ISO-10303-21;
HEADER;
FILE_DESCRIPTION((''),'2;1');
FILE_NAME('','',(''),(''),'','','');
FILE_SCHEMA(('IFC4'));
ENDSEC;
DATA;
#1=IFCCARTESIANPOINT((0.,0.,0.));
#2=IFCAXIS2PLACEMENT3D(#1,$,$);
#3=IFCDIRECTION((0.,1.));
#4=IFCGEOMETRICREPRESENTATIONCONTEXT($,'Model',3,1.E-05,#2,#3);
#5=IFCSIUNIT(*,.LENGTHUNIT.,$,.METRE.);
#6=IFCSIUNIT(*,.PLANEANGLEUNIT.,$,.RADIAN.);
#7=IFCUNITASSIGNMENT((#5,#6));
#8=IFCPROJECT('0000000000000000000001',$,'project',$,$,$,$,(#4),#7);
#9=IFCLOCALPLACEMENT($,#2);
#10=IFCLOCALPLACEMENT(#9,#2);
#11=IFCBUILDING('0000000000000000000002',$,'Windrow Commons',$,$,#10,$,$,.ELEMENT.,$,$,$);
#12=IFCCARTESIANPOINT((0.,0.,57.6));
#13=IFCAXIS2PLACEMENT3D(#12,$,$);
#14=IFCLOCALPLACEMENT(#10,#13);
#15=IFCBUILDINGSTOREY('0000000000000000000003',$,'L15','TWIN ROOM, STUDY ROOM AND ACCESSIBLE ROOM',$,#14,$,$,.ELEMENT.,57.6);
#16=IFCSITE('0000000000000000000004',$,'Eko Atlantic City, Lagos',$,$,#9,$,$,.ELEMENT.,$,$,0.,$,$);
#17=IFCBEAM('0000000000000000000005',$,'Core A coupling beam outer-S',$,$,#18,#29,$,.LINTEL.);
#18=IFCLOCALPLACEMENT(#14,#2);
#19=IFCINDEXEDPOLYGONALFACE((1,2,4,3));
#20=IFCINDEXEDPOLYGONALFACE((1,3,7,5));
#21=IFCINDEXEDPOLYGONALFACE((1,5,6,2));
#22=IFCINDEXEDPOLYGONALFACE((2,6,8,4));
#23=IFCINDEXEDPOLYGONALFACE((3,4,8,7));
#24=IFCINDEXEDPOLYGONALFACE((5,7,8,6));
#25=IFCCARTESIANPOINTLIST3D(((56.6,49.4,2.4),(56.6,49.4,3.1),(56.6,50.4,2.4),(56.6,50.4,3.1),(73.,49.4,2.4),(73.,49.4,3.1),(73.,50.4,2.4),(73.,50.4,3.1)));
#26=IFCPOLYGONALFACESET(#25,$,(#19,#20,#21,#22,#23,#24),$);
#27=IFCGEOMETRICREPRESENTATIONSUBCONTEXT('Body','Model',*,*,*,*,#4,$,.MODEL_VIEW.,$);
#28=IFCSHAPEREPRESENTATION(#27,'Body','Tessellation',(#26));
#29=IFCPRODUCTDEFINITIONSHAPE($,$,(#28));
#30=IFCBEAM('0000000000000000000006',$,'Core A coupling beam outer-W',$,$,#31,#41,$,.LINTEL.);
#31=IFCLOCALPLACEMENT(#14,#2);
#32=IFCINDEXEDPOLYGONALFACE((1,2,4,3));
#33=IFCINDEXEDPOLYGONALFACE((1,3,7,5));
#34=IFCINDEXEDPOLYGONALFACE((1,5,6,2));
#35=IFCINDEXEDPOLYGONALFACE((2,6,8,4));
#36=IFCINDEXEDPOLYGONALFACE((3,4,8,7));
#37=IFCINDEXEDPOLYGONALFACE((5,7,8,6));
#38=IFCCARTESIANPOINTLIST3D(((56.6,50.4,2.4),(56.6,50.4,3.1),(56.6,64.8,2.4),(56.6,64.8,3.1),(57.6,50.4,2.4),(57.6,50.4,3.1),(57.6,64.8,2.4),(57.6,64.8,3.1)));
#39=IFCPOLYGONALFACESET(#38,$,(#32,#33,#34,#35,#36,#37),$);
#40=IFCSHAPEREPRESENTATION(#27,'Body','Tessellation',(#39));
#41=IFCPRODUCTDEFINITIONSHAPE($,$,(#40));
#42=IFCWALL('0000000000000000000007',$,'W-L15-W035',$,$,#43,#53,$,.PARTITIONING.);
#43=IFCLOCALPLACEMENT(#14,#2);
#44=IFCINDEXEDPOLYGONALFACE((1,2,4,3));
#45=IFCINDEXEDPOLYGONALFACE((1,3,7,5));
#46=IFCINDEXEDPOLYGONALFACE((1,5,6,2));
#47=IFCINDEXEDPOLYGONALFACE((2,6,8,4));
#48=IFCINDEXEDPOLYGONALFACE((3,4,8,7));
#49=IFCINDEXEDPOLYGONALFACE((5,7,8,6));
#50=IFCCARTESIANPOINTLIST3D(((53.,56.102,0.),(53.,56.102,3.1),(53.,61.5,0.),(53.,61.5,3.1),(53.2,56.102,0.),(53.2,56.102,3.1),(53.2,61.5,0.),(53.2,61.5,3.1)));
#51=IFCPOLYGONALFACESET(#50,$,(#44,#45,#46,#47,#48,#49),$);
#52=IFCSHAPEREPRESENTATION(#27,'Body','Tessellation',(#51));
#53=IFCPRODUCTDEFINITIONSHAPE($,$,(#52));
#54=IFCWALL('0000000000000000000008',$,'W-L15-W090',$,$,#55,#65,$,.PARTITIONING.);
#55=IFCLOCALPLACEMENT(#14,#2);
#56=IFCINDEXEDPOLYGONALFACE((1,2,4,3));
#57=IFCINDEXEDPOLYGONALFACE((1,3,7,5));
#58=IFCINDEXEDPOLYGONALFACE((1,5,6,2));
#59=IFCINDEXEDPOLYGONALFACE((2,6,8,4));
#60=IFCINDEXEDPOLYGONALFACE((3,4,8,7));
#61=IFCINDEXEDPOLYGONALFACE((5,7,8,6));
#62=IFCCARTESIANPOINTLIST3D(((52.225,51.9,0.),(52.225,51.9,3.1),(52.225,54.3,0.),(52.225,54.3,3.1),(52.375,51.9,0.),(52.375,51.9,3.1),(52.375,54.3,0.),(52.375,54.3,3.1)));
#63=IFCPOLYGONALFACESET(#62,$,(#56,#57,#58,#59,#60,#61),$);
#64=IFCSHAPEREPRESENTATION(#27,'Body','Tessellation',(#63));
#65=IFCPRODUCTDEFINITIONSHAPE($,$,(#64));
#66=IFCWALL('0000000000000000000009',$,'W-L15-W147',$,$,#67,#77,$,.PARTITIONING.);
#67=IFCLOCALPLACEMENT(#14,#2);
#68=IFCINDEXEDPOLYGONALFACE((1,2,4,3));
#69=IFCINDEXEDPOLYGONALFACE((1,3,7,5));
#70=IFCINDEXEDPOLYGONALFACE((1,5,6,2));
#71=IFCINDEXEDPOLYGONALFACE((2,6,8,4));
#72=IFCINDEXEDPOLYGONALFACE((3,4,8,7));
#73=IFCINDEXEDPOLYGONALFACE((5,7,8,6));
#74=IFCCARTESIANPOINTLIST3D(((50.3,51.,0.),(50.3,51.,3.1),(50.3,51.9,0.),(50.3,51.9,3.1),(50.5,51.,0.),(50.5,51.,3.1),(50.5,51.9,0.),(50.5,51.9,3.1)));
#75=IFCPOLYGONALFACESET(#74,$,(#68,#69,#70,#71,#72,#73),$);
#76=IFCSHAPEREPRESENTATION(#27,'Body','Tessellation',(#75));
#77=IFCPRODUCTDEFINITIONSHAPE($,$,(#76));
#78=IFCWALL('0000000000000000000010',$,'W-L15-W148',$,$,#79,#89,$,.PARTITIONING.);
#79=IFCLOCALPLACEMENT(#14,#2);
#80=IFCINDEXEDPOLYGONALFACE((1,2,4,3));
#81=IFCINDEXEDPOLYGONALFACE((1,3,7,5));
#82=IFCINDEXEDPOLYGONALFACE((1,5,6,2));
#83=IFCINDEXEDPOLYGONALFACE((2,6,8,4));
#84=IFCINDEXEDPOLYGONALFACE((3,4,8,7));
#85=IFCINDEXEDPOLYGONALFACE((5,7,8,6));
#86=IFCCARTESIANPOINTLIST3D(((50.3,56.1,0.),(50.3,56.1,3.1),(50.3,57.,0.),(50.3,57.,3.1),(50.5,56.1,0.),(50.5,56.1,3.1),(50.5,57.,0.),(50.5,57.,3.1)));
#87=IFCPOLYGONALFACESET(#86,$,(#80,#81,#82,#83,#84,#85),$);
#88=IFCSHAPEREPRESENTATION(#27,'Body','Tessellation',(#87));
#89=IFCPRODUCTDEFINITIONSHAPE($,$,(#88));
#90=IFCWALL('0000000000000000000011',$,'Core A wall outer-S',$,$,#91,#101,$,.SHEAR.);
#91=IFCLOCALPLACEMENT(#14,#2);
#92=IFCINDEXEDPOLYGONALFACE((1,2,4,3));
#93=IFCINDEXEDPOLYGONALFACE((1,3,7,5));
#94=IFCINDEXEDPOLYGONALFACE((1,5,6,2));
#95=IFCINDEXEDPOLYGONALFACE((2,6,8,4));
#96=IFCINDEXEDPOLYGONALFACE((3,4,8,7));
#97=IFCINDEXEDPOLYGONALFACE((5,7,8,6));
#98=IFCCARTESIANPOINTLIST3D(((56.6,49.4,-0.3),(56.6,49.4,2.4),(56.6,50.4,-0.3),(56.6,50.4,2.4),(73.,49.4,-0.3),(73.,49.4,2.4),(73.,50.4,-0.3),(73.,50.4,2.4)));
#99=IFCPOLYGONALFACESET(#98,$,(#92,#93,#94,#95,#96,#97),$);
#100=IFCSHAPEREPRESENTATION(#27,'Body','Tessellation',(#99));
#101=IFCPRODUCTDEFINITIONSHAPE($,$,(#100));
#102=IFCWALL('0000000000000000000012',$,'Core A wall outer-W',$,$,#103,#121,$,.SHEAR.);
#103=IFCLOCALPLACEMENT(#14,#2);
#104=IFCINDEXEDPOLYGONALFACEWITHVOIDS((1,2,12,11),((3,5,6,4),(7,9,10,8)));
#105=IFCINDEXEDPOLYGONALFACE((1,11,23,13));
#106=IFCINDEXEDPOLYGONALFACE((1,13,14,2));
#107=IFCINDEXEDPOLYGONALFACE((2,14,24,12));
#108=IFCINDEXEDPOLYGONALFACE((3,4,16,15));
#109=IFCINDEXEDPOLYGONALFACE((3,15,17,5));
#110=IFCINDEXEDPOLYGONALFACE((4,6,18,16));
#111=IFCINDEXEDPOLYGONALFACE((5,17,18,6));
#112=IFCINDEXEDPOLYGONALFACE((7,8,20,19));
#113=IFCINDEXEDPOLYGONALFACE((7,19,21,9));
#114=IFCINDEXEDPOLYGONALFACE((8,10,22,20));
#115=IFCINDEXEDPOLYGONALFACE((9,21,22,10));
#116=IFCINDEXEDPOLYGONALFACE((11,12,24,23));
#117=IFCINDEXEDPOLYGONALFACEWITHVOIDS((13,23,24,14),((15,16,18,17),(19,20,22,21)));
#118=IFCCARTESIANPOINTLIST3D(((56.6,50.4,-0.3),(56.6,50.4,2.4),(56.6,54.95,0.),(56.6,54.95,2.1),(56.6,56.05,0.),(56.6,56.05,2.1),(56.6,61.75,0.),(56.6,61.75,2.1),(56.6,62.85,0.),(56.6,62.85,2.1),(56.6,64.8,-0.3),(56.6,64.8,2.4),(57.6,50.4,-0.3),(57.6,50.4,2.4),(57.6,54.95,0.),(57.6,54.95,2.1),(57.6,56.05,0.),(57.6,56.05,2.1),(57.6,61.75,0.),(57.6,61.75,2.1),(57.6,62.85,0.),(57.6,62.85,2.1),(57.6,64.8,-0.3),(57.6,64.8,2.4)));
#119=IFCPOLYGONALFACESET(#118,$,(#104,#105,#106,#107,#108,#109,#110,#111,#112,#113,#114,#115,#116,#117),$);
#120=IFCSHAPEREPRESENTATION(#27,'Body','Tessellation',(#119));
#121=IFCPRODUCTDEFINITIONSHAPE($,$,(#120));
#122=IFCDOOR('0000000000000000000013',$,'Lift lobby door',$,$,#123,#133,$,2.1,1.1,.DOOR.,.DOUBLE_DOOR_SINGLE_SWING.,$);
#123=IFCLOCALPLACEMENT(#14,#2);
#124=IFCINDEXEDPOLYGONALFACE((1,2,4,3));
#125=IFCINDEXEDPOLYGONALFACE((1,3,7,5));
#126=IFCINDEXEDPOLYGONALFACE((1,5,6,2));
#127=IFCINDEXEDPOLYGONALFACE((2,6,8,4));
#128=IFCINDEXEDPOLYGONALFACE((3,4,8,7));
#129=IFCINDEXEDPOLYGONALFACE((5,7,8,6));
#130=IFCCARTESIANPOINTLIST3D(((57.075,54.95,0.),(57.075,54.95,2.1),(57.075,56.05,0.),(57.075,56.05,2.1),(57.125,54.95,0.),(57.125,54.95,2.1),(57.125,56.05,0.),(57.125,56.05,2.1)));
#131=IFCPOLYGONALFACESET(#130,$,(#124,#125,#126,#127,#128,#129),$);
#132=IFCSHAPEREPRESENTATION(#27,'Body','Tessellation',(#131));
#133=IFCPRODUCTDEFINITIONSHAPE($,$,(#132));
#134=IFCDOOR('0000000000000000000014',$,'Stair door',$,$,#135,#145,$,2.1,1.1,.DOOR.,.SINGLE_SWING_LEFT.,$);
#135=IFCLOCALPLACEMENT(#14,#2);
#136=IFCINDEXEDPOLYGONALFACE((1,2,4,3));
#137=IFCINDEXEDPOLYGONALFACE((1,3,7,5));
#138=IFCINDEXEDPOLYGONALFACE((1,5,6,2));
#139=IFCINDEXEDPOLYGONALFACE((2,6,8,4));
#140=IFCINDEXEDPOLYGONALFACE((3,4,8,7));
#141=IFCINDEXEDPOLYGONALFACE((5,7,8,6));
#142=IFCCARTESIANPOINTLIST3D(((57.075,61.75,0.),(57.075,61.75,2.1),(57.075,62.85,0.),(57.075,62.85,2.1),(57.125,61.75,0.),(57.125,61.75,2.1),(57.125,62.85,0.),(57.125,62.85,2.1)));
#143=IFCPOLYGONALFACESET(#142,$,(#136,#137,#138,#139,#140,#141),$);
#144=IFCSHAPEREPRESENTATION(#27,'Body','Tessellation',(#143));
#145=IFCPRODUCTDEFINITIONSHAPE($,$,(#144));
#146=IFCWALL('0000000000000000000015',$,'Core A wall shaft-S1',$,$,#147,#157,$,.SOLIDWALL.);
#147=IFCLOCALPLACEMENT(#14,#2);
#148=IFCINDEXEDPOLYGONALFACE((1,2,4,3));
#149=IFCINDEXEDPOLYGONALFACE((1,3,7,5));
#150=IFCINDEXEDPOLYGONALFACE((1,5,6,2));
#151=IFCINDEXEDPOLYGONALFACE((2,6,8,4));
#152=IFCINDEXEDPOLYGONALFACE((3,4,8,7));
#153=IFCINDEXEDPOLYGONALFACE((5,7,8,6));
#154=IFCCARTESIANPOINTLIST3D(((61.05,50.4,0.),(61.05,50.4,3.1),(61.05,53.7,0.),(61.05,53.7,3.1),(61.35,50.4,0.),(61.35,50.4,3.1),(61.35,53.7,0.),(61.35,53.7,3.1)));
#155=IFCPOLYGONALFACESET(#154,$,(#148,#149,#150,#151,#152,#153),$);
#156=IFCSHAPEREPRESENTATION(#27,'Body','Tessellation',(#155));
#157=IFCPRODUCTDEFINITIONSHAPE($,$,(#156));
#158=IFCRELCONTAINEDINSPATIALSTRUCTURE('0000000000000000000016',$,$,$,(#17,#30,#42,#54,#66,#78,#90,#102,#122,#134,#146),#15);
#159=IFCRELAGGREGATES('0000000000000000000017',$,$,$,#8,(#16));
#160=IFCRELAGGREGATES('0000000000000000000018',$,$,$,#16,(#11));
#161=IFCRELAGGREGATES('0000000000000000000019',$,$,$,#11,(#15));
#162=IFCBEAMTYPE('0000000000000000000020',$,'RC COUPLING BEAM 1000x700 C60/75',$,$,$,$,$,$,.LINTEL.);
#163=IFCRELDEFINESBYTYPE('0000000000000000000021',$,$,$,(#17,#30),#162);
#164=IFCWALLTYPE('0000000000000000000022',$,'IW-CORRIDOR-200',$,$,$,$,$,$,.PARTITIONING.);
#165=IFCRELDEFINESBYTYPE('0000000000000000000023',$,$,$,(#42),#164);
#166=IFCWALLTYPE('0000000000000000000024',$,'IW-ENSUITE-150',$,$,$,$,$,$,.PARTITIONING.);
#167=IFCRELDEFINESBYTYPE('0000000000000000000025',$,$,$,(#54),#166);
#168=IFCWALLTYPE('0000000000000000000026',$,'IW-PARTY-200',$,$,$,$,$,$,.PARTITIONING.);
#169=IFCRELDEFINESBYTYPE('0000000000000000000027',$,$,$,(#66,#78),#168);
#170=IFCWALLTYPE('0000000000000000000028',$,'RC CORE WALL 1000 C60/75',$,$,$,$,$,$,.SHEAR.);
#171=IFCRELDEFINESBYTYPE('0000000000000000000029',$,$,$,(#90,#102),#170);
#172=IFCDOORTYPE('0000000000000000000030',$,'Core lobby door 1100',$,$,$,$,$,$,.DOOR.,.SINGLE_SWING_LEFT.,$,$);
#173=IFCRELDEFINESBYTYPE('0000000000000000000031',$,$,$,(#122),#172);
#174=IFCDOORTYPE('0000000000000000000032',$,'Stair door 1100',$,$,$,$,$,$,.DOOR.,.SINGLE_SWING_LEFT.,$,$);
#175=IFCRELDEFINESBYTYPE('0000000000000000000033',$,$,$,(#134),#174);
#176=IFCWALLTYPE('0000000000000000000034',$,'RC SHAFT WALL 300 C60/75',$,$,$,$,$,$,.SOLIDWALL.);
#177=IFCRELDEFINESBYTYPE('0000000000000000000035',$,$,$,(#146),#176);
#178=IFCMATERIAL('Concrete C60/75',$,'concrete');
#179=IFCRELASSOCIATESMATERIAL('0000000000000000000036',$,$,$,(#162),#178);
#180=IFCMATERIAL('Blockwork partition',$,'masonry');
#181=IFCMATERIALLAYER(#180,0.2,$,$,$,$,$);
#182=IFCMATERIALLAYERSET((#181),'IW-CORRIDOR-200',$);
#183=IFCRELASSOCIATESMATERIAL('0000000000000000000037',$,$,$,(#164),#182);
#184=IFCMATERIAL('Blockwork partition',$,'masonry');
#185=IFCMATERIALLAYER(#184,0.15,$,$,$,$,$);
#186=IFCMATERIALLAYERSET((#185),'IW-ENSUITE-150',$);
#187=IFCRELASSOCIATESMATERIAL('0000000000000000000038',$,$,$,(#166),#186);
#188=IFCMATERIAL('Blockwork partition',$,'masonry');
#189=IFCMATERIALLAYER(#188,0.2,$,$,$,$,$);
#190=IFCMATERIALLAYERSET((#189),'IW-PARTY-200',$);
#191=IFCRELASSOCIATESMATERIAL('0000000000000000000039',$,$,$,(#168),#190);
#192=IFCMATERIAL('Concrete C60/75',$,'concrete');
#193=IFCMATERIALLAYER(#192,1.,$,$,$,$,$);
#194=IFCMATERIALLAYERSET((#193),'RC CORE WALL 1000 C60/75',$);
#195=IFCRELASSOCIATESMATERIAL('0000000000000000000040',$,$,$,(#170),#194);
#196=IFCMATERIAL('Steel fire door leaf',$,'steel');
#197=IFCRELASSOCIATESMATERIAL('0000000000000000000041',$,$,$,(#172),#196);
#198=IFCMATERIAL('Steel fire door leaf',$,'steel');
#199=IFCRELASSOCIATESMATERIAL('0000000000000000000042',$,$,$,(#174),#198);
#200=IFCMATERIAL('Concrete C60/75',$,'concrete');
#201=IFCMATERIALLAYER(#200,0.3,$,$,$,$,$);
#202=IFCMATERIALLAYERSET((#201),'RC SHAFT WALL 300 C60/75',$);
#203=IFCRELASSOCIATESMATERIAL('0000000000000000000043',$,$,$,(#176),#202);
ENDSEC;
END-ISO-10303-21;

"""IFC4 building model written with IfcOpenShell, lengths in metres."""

from ifc_helpers import new_model, si_unit, direction, frame, frame_2d, origin, origin_2d, place, context, subcontext, project, spatial, rectangle, extrude, material, layer, layer_set, material_profile, profile_set, type_object, element, fill, save


model = new_model("IFC4")

# Units and contexts
model_context = context("Model", 3, precision=1e-05, world=origin(), true_north=direction((0.0, 1.0)))
body_context = subcontext(model_context, "Body", "Model", "MODEL_VIEW")
ifc_project = project(units=[si_unit("LENGTHUNIT", "METRE"), si_unit("PLANEANGLEUNIT", "RADIAN")], contexts=[model_context])

# Site, building, storey
site_placement = place(None, origin())
site = spatial("IfcSite", under=ifc_project, at=site_placement, Name="Eko Atlantic City, Lagos", CompositionType="ELEMENT", RefElevation=0.0)
building_placement = place(site_placement, origin())
building = spatial("IfcBuilding", under=site, at=building_placement, Name="Windrow Commons", CompositionType="ELEMENT")
storey_placement = place(building_placement, frame((0.0, 0.0, 57.6)))
storey = spatial("IfcBuildingStorey", under=building, at=storey_placement, Name="L15", Description="TWIN ROOM, STUDY ROOM AND ACCESSIBLE ROOM", CompositionType="ELEMENT", Elevation=57.6)

# Beams
ifc_material_1 = material(Name="Concrete C60/75", Category="concrete")
ifc_material_profile = material_profile(ifc_material_1, rectangle(XDim=1.0, YDim=0.7, at=origin_2d()))
ifc_profile_set = profile_set([ifc_material_profile], Name="Concrete C60/75")
beam_type = type_object("IfcBeamType", Name="RC COUPLING BEAM 1000x700 C60/75", PredefinedType="LINTEL", material=ifc_profile_set)
beam_1_placement = place(storey_placement, frame((56.6, 49.9, 2.75), z_axis=(1.0, 0.0, 0.0), x_axis=(0.0, 1.0, 0.0)))
element("IfcBeam", 1, at=beam_1_placement, inside=storey, type_object=beam_type, Name="Core A coupling beam outer-S", PredefinedType="LINTEL", context=body_context, shape_type="SweptSolid", body=[
    extrude(rectangle(XDim=1.0, YDim=0.7, at=origin_2d()), origin(), (0.0, 0.0, 1.0), 16.4),
])
beam_2_placement = place(storey_placement, frame((57.1, 50.4, 2.75), z_axis=(0.0, 1.0, 0.0), x_axis=(-1.0, 0.0, 0.0)))
element("IfcBeam", 2, at=beam_2_placement, inside=storey, type_object=beam_type, Name="Core A coupling beam outer-W", PredefinedType="LINTEL", context=body_context, shape_type="SweptSolid", body=[
    extrude(rectangle(XDim=1.0, YDim=0.7, at=origin_2d()), origin(), (0.0, 0.0, 1.0), 14.4),
])

# Walls
ifc_material_2 = material(Name="Blockwork partition", Category="masonry")
ifc_layer_1 = layer(ifc_material_2, 0.2)
ifc_layer_set_1 = layer_set([ifc_layer_1], Name="IW-CORRIDOR-200")
wall_type_1 = type_object("IfcWallType", Name="IW-CORRIDOR-200", PredefinedType="PARTITIONING", material=ifc_layer_set_1)
wall_1_placement = place(storey_placement, frame((53.1, 56.102, 0.0), z_axis=(0.0, 0.0, 1.0), x_axis=(0.0, 1.0, 0.0)))
element("IfcWall", 3, at=wall_1_placement, inside=storey, type_object=wall_type_1, Name="W-L15-W035", PredefinedType="PARTITIONING", context=body_context, shape_type="SweptSolid", body=[
    extrude(rectangle(XDim=5.398, YDim=0.2, at=frame_2d((2.699, 0.0))), origin(), (0.0, 0.0, 1.0), 3.1),
])
ifc_material_3 = material(Name="Blockwork partition", Category="masonry")
ifc_layer_2 = layer(ifc_material_3, 0.15)
ifc_layer_set_2 = layer_set([ifc_layer_2], Name="IW-ENSUITE-150")
wall_type_2 = type_object("IfcWallType", Name="IW-ENSUITE-150", PredefinedType="PARTITIONING", material=ifc_layer_set_2)
wall_2_placement = place(storey_placement, frame((52.3, 51.9, 0.0), z_axis=(0.0, 0.0, 1.0), x_axis=(0.0, 1.0, 0.0)))
element("IfcWall", 4, at=wall_2_placement, inside=storey, type_object=wall_type_2, Name="W-L15-W090", PredefinedType="PARTITIONING", context=body_context, shape_type="SweptSolid", body=[
    extrude(rectangle(XDim=2.4, YDim=0.15, at=frame_2d((1.2, 0.0))), origin(), (0.0, 0.0, 1.0), 3.1),
])
ifc_material_4 = material(Name="Blockwork partition", Category="masonry")
ifc_layer_3 = layer(ifc_material_4, 0.2)
ifc_layer_set_3 = layer_set([ifc_layer_3], Name="IW-PARTY-200")
wall_type_3 = type_object("IfcWallType", Name="IW-PARTY-200", PredefinedType="PARTITIONING", material=ifc_layer_set_3)
for number, where, z_axis, x_axis, name in (
    (5, (50.4, 51.0, 0.0), (0.0, 0.0, 1.0), (0.0, 1.0, 0.0), "W-L15-W147"),
    (6, (50.4, 56.1, 0.0), (0.0, 0.0, 1.0), (0.0, 1.0, 0.0), "W-L15-W148"),
):
    element("IfcWall", number, at=place(storey_placement, frame(where, z_axis=z_axis, x_axis=x_axis)), inside=storey, type_object=wall_type_3, Name=name, PredefinedType="PARTITIONING", context=body_context, shape_type="SweptSolid", body=[
        extrude(rectangle(XDim=0.9, YDim=0.2, at=frame_2d((0.45, 0.0))), origin(), (0.0, 0.0, 1.0), 3.1),
    ])
ifc_material_5 = material(Name="Concrete C60/75", Category="concrete")
ifc_layer_4 = layer(ifc_material_5, 1.0)
ifc_layer_set_4 = layer_set([ifc_layer_4], Name="RC CORE WALL 1000 C60/75")
wall_type_4 = type_object("IfcWallType", Name="RC CORE WALL 1000 C60/75", PredefinedType="SHEAR", material=ifc_layer_set_4)
wall_3_placement = place(storey_placement, frame((56.6, 49.9, -0.3), z_axis=(0.0, 0.0, 1.0), x_axis=(1.0, 0.0, 0.0)))
element("IfcWall", 7, at=wall_3_placement, inside=storey, type_object=wall_type_4, Name="Core A wall outer-S", PredefinedType="SHEAR", context=body_context, shape_type="SweptSolid", body=[
    extrude(rectangle(XDim=16.4, YDim=1.0, at=frame_2d((8.2, 0.0))), origin(), (0.0, 0.0, 1.0), 2.7),
])

# Wall, openings, doors
wall_4_placement = place(storey_placement, frame((57.1, 50.4, -0.3), z_axis=(0.0, 0.0, 1.0), x_axis=(0.0, 1.0, 0.0)))
wall_4 = element("IfcWall", 8, at=wall_4_placement, inside=storey, type_object=wall_type_4, Name="Core A wall outer-W", PredefinedType="SHEAR", context=body_context, shape_type="SweptSolid", body=[
    extrude(rectangle(XDim=14.4, YDim=1.0, at=frame_2d((7.2, 0.0))), origin(), (0.0, 0.0, 1.0), 2.7),
])
opening_1_placement = place(wall_4_placement, frame((4.55, 0.0, 0.3)))
opening_1 = element("IfcOpeningElement", 9, at=opening_1_placement, cuts=wall_4, PredefinedType="OPENING", context=body_context, shape_type="SweptSolid", body=[
    extrude(rectangle(XDim=1.1, YDim=2.1, at=frame_2d((0.55, 1.05))), frame((0.0, 0.51, 0.0), z_axis=(0.0, -1.0, 0.0), x_axis=(1.0, 0.0, 0.0)), (0.0, 0.0, 1.0), 1.02),
])
opening_2_placement = place(wall_4_placement, frame((11.35, 0.0, 0.3)))
opening_2 = element("IfcOpeningElement", 10, at=opening_2_placement, cuts=wall_4, PredefinedType="OPENING", context=body_context, shape_type="SweptSolid", body=[
    extrude(rectangle(XDim=1.1, YDim=2.1, at=frame_2d((0.55, 1.05))), frame((0.0, 0.51, 0.0), z_axis=(0.0, -1.0, 0.0), x_axis=(1.0, 0.0, 0.0)), (0.0, 0.0, 1.0), 1.02),
])
ifc_material_6 = material(Name="Steel fire door leaf", Category="steel")
door_type_1 = type_object("IfcDoorType", Name="Core lobby door 1100", OperationType="SINGLE_SWING_LEFT", PredefinedType="DOOR", material=ifc_material_6)
door_1_placement = place(opening_1_placement, origin())
door_1 = element("IfcDoor", 11, at=door_1_placement, inside=storey, type_object=door_type_1, Name="Lift lobby door", OperationType="DOUBLE_DOOR_SINGLE_SWING", OverallHeight=2.1, OverallWidth=1.1, PredefinedType="DOOR", context=body_context, shape_type="SweptSolid", body=[
    extrude(rectangle(XDim=1.1, YDim=2.1, at=frame_2d((0.55, 1.05))), frame((0.0, 0.025, 0.0), z_axis=(0.0, -1.0, 0.0), x_axis=(1.0, 0.0, 0.0)), (0.0, 0.0, 1.0), 0.05),
])
fill(opening_1, door_1)
ifc_material_7 = material(Name="Steel fire door leaf", Category="steel")
door_type_2 = type_object("IfcDoorType", Name="Stair door 1100", OperationType="SINGLE_SWING_LEFT", PredefinedType="DOOR", material=ifc_material_7)
door_2_placement = place(opening_2_placement, origin())
door_2 = element("IfcDoor", 12, at=door_2_placement, inside=storey, type_object=door_type_2, Name="Stair door", OperationType="SINGLE_SWING_LEFT", OverallHeight=2.1, OverallWidth=1.1, PredefinedType="DOOR", context=body_context, shape_type="SweptSolid", body=[
    extrude(rectangle(XDim=1.1, YDim=2.1, at=frame_2d((0.55, 1.05))), frame((0.0, 0.025, 0.0), z_axis=(0.0, -1.0, 0.0), x_axis=(1.0, 0.0, 0.0)), (0.0, 0.0, 1.0), 0.05),
])
fill(opening_2, door_2)

# Wall
ifc_material_8 = material(Name="Concrete C60/75", Category="concrete")
ifc_layer_5 = layer(ifc_material_8, 0.3)
ifc_layer_set_5 = layer_set([ifc_layer_5], Name="RC SHAFT WALL 300 C60/75")
wall_type_5 = type_object("IfcWallType", Name="RC SHAFT WALL 300 C60/75", PredefinedType="SOLIDWALL", material=ifc_layer_set_5)
wall_5_placement = place(storey_placement, frame((61.2, 50.4, 0.0), z_axis=(0.0, 0.0, 1.0), x_axis=(0.0, 1.0, 0.0)))
element("IfcWall", 13, at=wall_5_placement, inside=storey, type_object=wall_type_5, Name="Core A wall shaft-S1", PredefinedType="SOLIDWALL", context=body_context, shape_type="SweptSolid", body=[
    extrude(rectangle(XDim=3.3, YDim=0.3, at=frame_2d((1.65, 0.0))), origin(), (0.0, 0.0, 1.0), 3.1),
])

save(model, "model.ifc")
